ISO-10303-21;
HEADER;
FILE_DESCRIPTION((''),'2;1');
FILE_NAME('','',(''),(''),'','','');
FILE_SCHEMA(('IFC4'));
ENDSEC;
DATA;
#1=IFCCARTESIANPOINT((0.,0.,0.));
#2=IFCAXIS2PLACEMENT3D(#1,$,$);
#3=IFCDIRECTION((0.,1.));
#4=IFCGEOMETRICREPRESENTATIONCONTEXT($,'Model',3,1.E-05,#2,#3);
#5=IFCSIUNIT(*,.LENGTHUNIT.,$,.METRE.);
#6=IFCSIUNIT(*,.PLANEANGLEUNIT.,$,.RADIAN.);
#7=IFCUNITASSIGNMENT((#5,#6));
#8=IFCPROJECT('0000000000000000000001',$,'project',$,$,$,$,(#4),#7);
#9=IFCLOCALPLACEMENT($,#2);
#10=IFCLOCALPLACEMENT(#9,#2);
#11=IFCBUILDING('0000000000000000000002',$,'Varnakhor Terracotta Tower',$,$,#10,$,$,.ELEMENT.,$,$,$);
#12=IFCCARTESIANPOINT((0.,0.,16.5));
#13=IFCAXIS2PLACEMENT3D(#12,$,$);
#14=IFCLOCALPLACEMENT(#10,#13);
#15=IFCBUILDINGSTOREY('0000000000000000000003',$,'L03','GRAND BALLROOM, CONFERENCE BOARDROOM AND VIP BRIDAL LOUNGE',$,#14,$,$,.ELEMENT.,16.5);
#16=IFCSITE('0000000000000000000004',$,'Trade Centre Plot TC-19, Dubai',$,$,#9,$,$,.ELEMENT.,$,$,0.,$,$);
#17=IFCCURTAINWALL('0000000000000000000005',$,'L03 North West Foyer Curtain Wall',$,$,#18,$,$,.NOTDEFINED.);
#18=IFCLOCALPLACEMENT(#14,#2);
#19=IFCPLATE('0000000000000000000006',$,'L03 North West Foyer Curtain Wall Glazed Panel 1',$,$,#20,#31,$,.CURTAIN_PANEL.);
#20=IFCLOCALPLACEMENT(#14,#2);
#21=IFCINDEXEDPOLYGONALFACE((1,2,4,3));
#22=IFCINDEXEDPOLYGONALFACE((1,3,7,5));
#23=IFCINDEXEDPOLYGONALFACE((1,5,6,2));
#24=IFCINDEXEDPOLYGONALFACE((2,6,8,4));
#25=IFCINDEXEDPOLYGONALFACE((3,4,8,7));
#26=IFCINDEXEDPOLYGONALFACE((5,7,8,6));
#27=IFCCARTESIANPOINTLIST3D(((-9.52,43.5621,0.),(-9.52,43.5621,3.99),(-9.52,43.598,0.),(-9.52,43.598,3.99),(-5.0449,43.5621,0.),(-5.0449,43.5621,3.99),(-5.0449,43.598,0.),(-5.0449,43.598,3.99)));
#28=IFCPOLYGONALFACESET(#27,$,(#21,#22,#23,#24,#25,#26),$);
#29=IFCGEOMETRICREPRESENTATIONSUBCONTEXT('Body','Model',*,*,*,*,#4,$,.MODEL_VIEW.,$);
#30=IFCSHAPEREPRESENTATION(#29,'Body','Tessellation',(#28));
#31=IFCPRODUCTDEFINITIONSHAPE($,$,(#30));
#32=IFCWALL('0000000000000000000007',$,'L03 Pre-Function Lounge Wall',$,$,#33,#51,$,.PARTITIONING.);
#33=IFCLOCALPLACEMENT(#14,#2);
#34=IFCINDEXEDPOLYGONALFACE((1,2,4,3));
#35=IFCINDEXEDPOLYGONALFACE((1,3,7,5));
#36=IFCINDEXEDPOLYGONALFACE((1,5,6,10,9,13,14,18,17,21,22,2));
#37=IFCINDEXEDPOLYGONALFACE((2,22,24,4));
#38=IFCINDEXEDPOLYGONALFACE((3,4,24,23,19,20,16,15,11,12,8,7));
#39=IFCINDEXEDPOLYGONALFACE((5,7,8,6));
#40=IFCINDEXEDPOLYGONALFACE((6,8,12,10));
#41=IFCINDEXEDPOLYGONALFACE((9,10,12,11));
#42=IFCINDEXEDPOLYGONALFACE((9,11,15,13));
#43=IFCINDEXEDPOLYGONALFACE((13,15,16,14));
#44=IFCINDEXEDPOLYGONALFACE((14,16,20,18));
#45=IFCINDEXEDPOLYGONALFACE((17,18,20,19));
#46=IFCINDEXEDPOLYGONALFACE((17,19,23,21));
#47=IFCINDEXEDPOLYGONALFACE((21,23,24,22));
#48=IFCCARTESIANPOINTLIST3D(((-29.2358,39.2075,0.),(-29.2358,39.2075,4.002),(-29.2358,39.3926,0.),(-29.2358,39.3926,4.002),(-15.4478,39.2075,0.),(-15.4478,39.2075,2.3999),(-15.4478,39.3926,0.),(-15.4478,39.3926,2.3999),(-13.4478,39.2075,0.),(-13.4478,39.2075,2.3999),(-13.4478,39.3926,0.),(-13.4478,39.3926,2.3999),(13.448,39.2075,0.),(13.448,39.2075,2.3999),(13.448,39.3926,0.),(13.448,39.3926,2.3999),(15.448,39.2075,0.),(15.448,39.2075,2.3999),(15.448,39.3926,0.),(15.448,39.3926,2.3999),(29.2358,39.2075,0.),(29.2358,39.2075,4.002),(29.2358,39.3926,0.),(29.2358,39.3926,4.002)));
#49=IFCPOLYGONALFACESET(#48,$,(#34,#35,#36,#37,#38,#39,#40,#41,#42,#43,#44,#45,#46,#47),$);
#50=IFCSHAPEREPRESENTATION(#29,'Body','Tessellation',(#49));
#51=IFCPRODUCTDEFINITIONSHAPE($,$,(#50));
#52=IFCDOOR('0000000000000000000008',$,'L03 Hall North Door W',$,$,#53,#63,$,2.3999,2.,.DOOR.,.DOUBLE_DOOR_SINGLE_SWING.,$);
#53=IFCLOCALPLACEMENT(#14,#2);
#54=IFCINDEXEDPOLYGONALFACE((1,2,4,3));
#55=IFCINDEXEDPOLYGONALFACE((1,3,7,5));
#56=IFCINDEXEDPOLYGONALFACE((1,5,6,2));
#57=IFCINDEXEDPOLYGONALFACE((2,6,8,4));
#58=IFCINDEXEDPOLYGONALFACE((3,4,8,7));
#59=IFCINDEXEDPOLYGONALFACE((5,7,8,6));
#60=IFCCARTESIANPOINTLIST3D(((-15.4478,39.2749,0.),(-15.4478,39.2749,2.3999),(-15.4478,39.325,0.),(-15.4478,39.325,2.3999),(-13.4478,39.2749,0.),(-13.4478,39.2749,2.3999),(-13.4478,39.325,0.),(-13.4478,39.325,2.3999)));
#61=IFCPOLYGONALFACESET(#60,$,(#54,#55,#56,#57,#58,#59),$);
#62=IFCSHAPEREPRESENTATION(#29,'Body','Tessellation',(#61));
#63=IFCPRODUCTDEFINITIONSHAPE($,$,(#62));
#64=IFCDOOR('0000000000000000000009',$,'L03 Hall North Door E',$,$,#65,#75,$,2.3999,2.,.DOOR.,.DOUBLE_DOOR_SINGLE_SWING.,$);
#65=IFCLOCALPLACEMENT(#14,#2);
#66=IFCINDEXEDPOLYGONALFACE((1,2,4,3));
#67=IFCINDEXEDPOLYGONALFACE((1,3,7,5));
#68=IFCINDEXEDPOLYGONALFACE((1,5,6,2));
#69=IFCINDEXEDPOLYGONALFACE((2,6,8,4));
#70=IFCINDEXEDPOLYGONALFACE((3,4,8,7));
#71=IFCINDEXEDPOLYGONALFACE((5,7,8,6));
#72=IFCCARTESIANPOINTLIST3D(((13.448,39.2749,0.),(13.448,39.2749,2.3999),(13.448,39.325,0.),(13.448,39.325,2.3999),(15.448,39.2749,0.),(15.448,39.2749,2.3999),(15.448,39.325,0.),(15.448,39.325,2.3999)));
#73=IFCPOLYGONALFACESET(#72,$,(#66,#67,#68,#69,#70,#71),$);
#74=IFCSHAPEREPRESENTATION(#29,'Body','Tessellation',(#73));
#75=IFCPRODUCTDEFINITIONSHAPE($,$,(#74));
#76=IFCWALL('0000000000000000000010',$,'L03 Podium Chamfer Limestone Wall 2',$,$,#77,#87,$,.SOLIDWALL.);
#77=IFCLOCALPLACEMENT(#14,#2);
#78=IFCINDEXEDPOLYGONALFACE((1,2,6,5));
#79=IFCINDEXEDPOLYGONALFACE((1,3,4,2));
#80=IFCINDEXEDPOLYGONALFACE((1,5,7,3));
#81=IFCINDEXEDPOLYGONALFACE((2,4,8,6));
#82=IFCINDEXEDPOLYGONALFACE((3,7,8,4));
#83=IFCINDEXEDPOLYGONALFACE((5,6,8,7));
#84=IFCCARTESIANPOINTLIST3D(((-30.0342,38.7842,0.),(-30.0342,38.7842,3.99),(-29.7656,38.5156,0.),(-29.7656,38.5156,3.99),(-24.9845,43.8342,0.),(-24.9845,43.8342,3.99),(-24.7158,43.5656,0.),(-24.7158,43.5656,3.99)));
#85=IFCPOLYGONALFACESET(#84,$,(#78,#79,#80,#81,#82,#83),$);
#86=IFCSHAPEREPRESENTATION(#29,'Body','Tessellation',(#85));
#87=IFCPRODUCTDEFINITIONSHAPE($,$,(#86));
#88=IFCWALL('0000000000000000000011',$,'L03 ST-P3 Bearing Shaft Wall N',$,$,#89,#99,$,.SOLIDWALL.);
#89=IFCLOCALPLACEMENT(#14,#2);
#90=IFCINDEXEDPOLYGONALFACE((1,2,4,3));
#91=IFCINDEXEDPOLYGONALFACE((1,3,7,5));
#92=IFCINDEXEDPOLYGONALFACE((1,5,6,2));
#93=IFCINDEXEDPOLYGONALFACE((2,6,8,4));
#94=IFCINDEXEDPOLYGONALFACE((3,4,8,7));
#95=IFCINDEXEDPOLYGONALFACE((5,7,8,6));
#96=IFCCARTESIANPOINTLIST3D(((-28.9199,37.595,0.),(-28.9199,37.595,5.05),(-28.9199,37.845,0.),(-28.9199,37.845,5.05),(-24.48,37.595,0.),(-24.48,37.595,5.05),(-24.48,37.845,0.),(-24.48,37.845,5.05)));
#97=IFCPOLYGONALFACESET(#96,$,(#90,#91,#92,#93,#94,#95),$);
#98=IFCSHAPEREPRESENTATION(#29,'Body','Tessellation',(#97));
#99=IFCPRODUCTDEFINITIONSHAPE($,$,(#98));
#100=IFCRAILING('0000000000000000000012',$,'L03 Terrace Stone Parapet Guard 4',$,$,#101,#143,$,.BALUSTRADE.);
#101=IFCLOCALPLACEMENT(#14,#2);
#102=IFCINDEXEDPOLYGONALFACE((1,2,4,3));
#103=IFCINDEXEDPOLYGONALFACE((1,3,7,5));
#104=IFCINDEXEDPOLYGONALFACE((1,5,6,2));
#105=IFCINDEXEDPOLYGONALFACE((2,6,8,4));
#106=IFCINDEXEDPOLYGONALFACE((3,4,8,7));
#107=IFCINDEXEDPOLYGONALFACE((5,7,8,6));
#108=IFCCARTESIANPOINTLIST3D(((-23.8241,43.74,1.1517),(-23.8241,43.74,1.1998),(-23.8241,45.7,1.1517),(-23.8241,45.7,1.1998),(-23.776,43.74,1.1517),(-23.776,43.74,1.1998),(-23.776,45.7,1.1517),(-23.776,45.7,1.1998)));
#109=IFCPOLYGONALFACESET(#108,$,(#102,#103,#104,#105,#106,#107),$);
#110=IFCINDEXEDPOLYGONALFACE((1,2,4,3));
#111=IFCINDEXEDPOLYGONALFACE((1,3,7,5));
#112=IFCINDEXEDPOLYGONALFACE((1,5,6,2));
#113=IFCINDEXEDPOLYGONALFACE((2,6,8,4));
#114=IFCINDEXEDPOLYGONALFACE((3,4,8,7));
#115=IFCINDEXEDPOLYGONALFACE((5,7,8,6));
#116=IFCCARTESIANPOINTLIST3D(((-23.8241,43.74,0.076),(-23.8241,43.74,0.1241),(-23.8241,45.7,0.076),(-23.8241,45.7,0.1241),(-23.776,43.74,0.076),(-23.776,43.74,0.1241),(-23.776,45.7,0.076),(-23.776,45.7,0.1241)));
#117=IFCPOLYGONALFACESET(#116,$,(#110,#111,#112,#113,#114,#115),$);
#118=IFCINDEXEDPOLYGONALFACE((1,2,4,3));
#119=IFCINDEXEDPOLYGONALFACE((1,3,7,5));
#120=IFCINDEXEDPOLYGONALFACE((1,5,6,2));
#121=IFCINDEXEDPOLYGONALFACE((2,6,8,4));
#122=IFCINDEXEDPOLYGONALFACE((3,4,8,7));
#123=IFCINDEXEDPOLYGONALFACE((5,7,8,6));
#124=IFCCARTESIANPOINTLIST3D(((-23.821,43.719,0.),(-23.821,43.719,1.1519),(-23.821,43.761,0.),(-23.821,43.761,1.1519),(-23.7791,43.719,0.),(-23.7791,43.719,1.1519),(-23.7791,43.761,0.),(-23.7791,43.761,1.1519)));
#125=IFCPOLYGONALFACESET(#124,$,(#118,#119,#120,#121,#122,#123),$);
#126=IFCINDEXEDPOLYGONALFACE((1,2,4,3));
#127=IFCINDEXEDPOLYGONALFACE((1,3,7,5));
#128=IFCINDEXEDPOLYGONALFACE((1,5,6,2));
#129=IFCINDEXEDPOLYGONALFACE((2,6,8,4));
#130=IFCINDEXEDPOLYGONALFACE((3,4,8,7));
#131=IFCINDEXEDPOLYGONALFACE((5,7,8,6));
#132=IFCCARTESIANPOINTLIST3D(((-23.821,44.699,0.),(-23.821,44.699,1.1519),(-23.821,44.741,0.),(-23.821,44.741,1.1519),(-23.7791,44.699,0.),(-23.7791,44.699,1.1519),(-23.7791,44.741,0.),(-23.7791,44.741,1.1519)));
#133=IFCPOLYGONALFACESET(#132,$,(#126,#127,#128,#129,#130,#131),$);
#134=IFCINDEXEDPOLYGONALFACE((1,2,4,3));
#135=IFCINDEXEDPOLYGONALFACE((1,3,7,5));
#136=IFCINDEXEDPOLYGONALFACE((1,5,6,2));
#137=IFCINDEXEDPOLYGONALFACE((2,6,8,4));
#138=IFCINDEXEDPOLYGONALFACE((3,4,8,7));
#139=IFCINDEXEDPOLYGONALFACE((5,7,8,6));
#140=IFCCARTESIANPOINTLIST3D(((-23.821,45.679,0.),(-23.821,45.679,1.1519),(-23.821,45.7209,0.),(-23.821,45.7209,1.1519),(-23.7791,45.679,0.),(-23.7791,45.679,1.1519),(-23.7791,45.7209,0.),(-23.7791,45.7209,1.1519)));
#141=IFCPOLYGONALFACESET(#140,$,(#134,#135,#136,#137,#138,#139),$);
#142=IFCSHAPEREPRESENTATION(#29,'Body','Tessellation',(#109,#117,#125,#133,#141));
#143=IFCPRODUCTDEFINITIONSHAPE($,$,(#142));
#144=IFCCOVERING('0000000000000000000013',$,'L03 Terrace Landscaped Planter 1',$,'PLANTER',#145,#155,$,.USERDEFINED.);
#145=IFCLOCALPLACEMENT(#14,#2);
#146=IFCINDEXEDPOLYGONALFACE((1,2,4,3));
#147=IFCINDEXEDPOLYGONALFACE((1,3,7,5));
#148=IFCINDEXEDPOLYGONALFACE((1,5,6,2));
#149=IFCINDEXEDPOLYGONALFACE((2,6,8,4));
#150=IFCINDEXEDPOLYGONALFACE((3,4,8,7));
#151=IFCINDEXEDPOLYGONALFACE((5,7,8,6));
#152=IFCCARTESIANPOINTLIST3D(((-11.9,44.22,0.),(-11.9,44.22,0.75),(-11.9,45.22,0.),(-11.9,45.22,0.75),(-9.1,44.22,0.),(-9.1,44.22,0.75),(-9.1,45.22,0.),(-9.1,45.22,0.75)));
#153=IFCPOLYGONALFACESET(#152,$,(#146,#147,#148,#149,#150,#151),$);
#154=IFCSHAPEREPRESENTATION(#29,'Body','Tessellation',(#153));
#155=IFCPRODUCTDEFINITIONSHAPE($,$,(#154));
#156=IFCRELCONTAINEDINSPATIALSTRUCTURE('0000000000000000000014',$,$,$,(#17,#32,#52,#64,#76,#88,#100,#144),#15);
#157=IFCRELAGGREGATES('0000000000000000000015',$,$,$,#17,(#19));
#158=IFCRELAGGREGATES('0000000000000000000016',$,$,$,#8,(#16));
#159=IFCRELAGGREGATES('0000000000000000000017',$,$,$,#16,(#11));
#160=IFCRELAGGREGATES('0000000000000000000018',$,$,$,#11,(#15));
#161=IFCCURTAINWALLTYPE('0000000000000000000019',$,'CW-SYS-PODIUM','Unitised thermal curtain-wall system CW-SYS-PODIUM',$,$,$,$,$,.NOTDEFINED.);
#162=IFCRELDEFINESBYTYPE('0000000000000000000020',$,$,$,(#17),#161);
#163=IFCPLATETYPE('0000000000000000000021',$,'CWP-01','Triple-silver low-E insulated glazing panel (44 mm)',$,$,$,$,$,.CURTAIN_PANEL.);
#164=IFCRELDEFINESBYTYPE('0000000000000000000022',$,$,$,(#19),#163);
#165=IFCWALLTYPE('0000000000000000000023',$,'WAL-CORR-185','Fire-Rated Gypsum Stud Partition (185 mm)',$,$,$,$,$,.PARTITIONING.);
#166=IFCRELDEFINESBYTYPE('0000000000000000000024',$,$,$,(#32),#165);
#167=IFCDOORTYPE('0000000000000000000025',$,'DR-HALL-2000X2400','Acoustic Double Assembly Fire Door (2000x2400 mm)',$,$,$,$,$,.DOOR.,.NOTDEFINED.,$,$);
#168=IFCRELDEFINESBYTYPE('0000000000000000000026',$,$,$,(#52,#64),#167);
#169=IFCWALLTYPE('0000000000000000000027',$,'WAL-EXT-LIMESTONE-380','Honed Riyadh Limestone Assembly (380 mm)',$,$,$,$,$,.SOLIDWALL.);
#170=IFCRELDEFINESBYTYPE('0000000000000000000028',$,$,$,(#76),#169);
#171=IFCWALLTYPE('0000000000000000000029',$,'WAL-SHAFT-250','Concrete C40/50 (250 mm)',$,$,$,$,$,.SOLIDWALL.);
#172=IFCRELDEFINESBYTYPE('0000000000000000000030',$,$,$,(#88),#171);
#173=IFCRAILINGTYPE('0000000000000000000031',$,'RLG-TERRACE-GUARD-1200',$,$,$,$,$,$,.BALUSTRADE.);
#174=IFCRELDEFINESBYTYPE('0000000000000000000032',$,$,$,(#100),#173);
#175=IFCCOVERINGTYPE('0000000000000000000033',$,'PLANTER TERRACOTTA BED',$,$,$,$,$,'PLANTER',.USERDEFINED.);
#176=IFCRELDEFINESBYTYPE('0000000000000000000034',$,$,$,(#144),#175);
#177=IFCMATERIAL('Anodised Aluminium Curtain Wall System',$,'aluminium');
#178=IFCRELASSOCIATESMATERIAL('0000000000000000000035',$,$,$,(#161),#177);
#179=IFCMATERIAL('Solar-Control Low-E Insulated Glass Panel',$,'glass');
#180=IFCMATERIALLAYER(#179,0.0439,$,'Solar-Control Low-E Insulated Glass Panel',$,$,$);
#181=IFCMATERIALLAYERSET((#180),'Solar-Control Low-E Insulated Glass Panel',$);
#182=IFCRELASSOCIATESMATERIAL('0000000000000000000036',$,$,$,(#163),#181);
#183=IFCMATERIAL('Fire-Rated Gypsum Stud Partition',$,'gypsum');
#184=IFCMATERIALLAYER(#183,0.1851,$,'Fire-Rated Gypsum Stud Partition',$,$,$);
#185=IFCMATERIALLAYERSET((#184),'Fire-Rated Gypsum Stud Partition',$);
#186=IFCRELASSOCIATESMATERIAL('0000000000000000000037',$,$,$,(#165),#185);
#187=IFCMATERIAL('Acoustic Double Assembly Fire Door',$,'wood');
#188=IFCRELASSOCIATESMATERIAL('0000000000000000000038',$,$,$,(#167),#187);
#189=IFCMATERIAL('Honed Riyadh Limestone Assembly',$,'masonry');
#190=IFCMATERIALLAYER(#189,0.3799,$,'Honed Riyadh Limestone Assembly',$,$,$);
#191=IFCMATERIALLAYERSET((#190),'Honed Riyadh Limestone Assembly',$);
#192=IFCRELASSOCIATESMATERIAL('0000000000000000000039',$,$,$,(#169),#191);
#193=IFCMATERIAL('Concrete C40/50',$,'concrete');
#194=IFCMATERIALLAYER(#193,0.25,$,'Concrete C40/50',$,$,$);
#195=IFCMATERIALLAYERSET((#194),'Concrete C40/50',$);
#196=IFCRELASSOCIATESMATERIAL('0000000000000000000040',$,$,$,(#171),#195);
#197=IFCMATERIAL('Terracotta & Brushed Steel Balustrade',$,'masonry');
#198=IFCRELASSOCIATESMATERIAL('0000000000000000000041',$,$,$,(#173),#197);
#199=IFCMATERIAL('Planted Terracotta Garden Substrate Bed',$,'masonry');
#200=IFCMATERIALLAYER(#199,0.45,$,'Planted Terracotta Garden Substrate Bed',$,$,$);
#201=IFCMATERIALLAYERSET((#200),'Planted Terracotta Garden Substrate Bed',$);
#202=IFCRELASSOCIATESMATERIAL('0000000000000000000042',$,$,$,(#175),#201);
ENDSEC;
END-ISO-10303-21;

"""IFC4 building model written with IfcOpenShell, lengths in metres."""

from ifc_helpers import new_model, si_unit, direction, frame, frame_2d, origin, origin_2d, place, context, subcontext, project, spatial, rectangle, extrude, source, transform, mapped, material, layer, layer_set, type_object, type_shapes, element, fill, aggregate, save


model = new_model("IFC4")

# Units and contexts
model_context = context("Model", 3, precision=1e-05, world=origin(), true_north=direction((0.0, 1.0)))
body_context = subcontext(model_context, "Body", "Model", "MODEL_VIEW")
ifc_project = project(units=[si_unit("LENGTHUNIT", "METRE"), si_unit("PLANEANGLEUNIT", "RADIAN")], contexts=[model_context])

# Site, building, storey
site_placement = place(None, origin())
site = spatial("IfcSite", under=ifc_project, at=site_placement, Name="Trade Centre Plot TC-19, Dubai", CompositionType="ELEMENT", RefElevation=0.0)
building_placement = place(site_placement, origin())
building = spatial("IfcBuilding", under=site, at=building_placement, Name="Varnakhor Terracotta Tower", CompositionType="ELEMENT")
storey_placement = place(building_placement, frame((0.0, 0.0, 16.5)))
storey = spatial("IfcBuildingStorey", under=building, at=storey_placement, Name="L03", Description="GRAND BALLROOM, CONFERENCE BOARDROOM AND VIP BRIDAL LOUNGE", CompositionType="ELEMENT", Elevation=16.5)

# Curtain wall, plate
ifc_material_1 = material(Name="Anodised Aluminium Curtain Wall System", Category="aluminium")
curtain_wall_type = type_object("IfcCurtainWallType", Name="CW-SYS-PODIUM", Description="Unitised thermal curtain-wall system CW-SYS-PODIUM", PredefinedType="NOTDEFINED", material=ifc_material_1)
curtain_wall_placement = place(storey_placement, origin())
curtain_wall = element("IfcCurtainWall", 1, at=curtain_wall_placement, inside=storey, type_object=curtain_wall_type, Name="L03 North West Foyer Curtain Wall", PredefinedType="NOTDEFINED")
ifc_material_2 = material(Name="Solar-Control Low-E Insulated Glass Panel", Category="glass")
ifc_layer_1 = layer(ifc_material_2, 0.0439, Name="Solar-Control Low-E Insulated Glass Panel")
ifc_layer_set_1 = layer_set([ifc_layer_1], Name="Solar-Control Low-E Insulated Glass Panel")
plate_type = type_object("IfcPlateType", Name="CWP-01", Description="Triple-silver low-E insulated glazing panel (44 mm)", PredefinedType="CURTAIN_PANEL", material=ifc_layer_set_1)
shared_shape_1 = source(origin(), body_context, "Body", "SweptSolid", [
    extrude(rectangle(XDim=4.4751, YDim=0.0359, at=origin_2d()), origin(), (0.0, 0.0, 1.0), 3.99),
])
plate_placement = place(storey_placement, frame((-7.2825, 43.5801, 0.0), z_axis=(0.0, 0.0, 1.0), x_axis=(1.0, 0.0, 0.0)))
plate = element("IfcPlate", 2, at=plate_placement, type_object=plate_type, Name="L03 North West Foyer Curtain Wall Glazed Panel 1", PredefinedType="CURTAIN_PANEL", context=body_context, shape_type="MappedRepresentation", body=[
    mapped(shared_shape_1, transform((0.0, 0.0, 0.0), scale=1.0)),
])
aggregate(curtain_wall, [plate])

# Wall, openings, doors
ifc_material_3 = material(Name="Fire-Rated Gypsum Stud Partition", Category="gypsum")
ifc_layer_2 = layer(ifc_material_3, 0.1851, Name="Fire-Rated Gypsum Stud Partition")
ifc_layer_set_2 = layer_set([ifc_layer_2], Name="Fire-Rated Gypsum Stud Partition")
wall_type_1 = type_object("IfcWallType", Name="WAL-CORR-185", Description="Fire-Rated Gypsum Stud Partition (185 mm)", PredefinedType="PARTITIONING", material=ifc_layer_set_2)
wall_1_placement = place(storey_placement, frame((-29.2358, 39.3, 0.0), z_axis=(0.0, 0.0, 1.0), x_axis=(1.0, 0.0, 0.0)))
wall_1 = element("IfcWall", 3, at=wall_1_placement, inside=storey, type_object=wall_type_1, Name="L03 Pre-Function Lounge Wall", PredefinedType="PARTITIONING", context=body_context, shape_type="SweptSolid", body=[
    extrude(rectangle(XDim=58.4717, YDim=0.1851, at=frame_2d((29.2358, 0.0))), origin(), (0.0, 0.0, 1.0), 4.002),
])
opening_1_placement = place(wall_1_placement, frame((13.7881, 0.0, 0.0)))
opening_1 = element("IfcOpeningElement", 4, at=opening_1_placement, cuts=wall_1, PredefinedType="OPENING", context=body_context, shape_type="SweptSolid", body=[
    extrude(rectangle(XDim=2.0, YDim=2.3999, at=frame_2d((1.0, 1.2))), frame((0.0, 0.1025, 0.0), z_axis=(0.0, -1.0, 0.0), x_axis=(1.0, 0.0, 0.0)), (0.0, 0.0, 1.0), 0.2051),
])
opening_2_placement = place(wall_1_placement, frame((42.6838, 0.0, 0.0)))
opening_2 = element("IfcOpeningElement", 5, at=opening_2_placement, cuts=wall_1, PredefinedType="OPENING", context=body_context, shape_type="SweptSolid", body=[
    extrude(rectangle(XDim=2.0, YDim=2.3999, at=frame_2d((1.0, 1.2))), frame((0.0, 0.1025, 0.0), z_axis=(0.0, -1.0, 0.0), x_axis=(1.0, 0.0, 0.0)), (0.0, 0.0, 1.0), 0.2051),
])
ifc_material_4 = material(Name="Acoustic Double Assembly Fire Door", Category="wood")
door_type_1 = type_object("IfcDoorType", Name="DR-HALL-2000X2400", Description="Acoustic Double Assembly Fire Door (2000x2400 mm)", OperationType="NOTDEFINED", PredefinedType="DOOR", material=ifc_material_4)
shared_shape_2 = source(origin(), body_context, "Body", "SweptSolid", [
    extrude(rectangle(XDim=2.0, YDim=2.3999, at=frame_2d((1.0, 1.2))), frame((0.0, 0.0249, 0.0), z_axis=(0.0, -1.0, 0.0), x_axis=(1.0, 0.0, 0.0)), (0.0, 0.0, 1.0), 0.05),
])
type_shapes(door_type_1, [shared_shape_2])
door_1_placement = place(opening_1_placement, origin())
door_1 = element("IfcDoor", 6, at=door_1_placement, inside=storey, type_object=door_type_1, Name="L03 Hall North Door W", OperationType="DOUBLE_DOOR_SINGLE_SWING", OverallHeight=2.3999, OverallWidth=2.0, PredefinedType="DOOR", context=body_context, shape_type="MappedRepresentation", body=[
    mapped(shared_shape_2, transform((0.0, 0.0, 0.0), scale=1.0)),
])
fill(opening_1, door_1)
door_2_placement = place(opening_2_placement, origin())
door_2 = element("IfcDoor", 7, at=door_2_placement, inside=storey, type_object=door_type_1, Name="L03 Hall North Door E", OperationType="DOUBLE_DOOR_SINGLE_SWING", OverallHeight=2.3999, OverallWidth=2.0, PredefinedType="DOOR", context=body_context, shape_type="MappedRepresentation", body=[
    mapped(shared_shape_2, transform((0.0, 0.0, 0.0), scale=1.0)),
])
fill(opening_2, door_2)

# Wall
ifc_material_5 = material(Name="Honed Riyadh Limestone Assembly", Category="masonry")
ifc_layer_3 = layer(ifc_material_5, 0.3799, Name="Honed Riyadh Limestone Assembly")
ifc_layer_set_3 = layer_set([ifc_layer_3], Name="Honed Riyadh Limestone Assembly")
wall_type_2 = type_object("IfcWallType", Name="WAL-EXT-LIMESTONE-380", Description="Honed Riyadh Limestone Assembly (380 mm)", PredefinedType="SOLIDWALL", material=ifc_layer_set_3)
wall_2_placement = place(storey_placement, frame((-29.8999, 38.6499, 0.0), z_axis=(0.0, 0.0, 1.0), x_axis=(0.70709, 0.707124, 0.0)))
element("IfcWall", 8, at=wall_2_placement, inside=storey, type_object=wall_type_2, Name="L03 Podium Chamfer Limestone Wall 2", PredefinedType="SOLIDWALL", context=body_context, shape_type="SweptSolid", body=[
    extrude(rectangle(XDim=7.1416, YDim=0.3799, at=frame_2d((3.5708, 0.0))), origin(), (0.0, 0.0, 1.0), 3.99),
])

# Wall
ifc_material_6 = material(Name="Concrete C40/50", Category="concrete")
ifc_layer_4 = layer(ifc_material_6, 0.25, Name="Concrete C40/50")
ifc_layer_set_4 = layer_set([ifc_layer_4], Name="Concrete C40/50")
wall_type_3 = type_object("IfcWallType", Name="WAL-SHAFT-250", Description="Concrete C40/50 (250 mm)", PredefinedType="SOLIDWALL", material=ifc_layer_set_4)
wall_3_placement = place(storey_placement, frame((-24.48, 37.72, 0.0), z_axis=(0.0, 0.0, 1.0), x_axis=(-1.0, 0.0, 0.0)))
element("IfcWall", 9, at=wall_3_placement, inside=storey, type_object=wall_type_3, Name="L03 ST-P3 Bearing Shaft Wall N", PredefinedType="SOLIDWALL", context=body_context, shape_type="SweptSolid", body=[
    extrude(rectangle(XDim=4.4399, YDim=0.25, at=frame_2d((2.22, 0.0))), origin(), (0.0, 0.0, 1.0), 5.05),
])

# Railing
ifc_material_7 = material(Name="Terracotta & Brushed Steel Balustrade", Category="masonry")
railing_type = type_object("IfcRailingType", Name="RLG-TERRACE-GUARD-1200", PredefinedType="BALUSTRADE", material=ifc_material_7)
railing_1_placement = place(storey_placement, frame((-23.8, 43.74, 0.0)))
element("IfcRailing", 10, at=railing_1_placement, inside=storey, type_object=railing_type, Name="L03 Terrace Stone Parapet Guard 4", PredefinedType="BALUSTRADE", context=body_context, shape_type="SweptSolid", body=[
    extrude(rectangle(XDim=0.0481, YDim=0.0481, at=origin_2d()), frame((0.0, 0.0, 1.1758), z_axis=(0.0, 1.0, 0.0), x_axis=(-1.0, 0.0, 0.0)), (0.0, 0.0, 1.0), 1.96),
    extrude(rectangle(XDim=0.0481, YDim=0.0481, at=origin_2d()), frame((0.0, 0.0, 0.1001), z_axis=(0.0, 1.0, 0.0), x_axis=(-1.0, 0.0, 0.0)), (0.0, 0.0, 1.0), 1.96),
    extrude(rectangle(XDim=0.042, YDim=0.042, at=origin_2d()), origin(), (0.0, 0.0, 1.0), 1.1519),
    extrude(rectangle(XDim=0.042, YDim=0.042, at=origin_2d()), frame((0.0, 0.98, 0.0)), (0.0, 0.0, 1.0), 1.1519),
    extrude(rectangle(XDim=0.042, YDim=0.042, at=origin_2d()), frame((0.0, 1.96, 0.0)), (0.0, 0.0, 1.0), 1.1519),
])

# Covering
ifc_material_8 = material(Name="Planted Terracotta Garden Substrate Bed", Category="masonry")
ifc_layer_5 = layer(ifc_material_8, 0.45, Name="Planted Terracotta Garden Substrate Bed")
ifc_layer_set_5 = layer_set([ifc_layer_5], Name="Planted Terracotta Garden Substrate Bed")
covering_type = type_object("IfcCoveringType", Name="PLANTER TERRACOTTA BED", ElementType="PLANTER", PredefinedType="USERDEFINED", material=ifc_layer_set_5)
shared_shape_3 = source(origin(), body_context, "Body", "SweptSolid", [
    extrude(rectangle(XDim=2.8, YDim=1.0, at=origin_2d()), origin(), (0.0, 0.0, 1.0), 0.75),
])
type_shapes(covering_type, [shared_shape_3])
covering_placement = place(storey_placement, frame((-10.5, 44.72, 0.0), z_axis=(0.0, 0.0, 1.0), x_axis=(1.0, 0.0, 0.0)))
element("IfcCovering", 11, at=covering_placement, inside=storey, type_object=covering_type, Name="L03 Terrace Landscaped Planter 1", ObjectType="PLANTER", PredefinedType="USERDEFINED", context=body_context, shape_type="MappedRepresentation", body=[
    mapped(shared_shape_3, transform((0.0, 0.0, 0.0), scale=1.0)),
])

save(model, "model.ifc")
